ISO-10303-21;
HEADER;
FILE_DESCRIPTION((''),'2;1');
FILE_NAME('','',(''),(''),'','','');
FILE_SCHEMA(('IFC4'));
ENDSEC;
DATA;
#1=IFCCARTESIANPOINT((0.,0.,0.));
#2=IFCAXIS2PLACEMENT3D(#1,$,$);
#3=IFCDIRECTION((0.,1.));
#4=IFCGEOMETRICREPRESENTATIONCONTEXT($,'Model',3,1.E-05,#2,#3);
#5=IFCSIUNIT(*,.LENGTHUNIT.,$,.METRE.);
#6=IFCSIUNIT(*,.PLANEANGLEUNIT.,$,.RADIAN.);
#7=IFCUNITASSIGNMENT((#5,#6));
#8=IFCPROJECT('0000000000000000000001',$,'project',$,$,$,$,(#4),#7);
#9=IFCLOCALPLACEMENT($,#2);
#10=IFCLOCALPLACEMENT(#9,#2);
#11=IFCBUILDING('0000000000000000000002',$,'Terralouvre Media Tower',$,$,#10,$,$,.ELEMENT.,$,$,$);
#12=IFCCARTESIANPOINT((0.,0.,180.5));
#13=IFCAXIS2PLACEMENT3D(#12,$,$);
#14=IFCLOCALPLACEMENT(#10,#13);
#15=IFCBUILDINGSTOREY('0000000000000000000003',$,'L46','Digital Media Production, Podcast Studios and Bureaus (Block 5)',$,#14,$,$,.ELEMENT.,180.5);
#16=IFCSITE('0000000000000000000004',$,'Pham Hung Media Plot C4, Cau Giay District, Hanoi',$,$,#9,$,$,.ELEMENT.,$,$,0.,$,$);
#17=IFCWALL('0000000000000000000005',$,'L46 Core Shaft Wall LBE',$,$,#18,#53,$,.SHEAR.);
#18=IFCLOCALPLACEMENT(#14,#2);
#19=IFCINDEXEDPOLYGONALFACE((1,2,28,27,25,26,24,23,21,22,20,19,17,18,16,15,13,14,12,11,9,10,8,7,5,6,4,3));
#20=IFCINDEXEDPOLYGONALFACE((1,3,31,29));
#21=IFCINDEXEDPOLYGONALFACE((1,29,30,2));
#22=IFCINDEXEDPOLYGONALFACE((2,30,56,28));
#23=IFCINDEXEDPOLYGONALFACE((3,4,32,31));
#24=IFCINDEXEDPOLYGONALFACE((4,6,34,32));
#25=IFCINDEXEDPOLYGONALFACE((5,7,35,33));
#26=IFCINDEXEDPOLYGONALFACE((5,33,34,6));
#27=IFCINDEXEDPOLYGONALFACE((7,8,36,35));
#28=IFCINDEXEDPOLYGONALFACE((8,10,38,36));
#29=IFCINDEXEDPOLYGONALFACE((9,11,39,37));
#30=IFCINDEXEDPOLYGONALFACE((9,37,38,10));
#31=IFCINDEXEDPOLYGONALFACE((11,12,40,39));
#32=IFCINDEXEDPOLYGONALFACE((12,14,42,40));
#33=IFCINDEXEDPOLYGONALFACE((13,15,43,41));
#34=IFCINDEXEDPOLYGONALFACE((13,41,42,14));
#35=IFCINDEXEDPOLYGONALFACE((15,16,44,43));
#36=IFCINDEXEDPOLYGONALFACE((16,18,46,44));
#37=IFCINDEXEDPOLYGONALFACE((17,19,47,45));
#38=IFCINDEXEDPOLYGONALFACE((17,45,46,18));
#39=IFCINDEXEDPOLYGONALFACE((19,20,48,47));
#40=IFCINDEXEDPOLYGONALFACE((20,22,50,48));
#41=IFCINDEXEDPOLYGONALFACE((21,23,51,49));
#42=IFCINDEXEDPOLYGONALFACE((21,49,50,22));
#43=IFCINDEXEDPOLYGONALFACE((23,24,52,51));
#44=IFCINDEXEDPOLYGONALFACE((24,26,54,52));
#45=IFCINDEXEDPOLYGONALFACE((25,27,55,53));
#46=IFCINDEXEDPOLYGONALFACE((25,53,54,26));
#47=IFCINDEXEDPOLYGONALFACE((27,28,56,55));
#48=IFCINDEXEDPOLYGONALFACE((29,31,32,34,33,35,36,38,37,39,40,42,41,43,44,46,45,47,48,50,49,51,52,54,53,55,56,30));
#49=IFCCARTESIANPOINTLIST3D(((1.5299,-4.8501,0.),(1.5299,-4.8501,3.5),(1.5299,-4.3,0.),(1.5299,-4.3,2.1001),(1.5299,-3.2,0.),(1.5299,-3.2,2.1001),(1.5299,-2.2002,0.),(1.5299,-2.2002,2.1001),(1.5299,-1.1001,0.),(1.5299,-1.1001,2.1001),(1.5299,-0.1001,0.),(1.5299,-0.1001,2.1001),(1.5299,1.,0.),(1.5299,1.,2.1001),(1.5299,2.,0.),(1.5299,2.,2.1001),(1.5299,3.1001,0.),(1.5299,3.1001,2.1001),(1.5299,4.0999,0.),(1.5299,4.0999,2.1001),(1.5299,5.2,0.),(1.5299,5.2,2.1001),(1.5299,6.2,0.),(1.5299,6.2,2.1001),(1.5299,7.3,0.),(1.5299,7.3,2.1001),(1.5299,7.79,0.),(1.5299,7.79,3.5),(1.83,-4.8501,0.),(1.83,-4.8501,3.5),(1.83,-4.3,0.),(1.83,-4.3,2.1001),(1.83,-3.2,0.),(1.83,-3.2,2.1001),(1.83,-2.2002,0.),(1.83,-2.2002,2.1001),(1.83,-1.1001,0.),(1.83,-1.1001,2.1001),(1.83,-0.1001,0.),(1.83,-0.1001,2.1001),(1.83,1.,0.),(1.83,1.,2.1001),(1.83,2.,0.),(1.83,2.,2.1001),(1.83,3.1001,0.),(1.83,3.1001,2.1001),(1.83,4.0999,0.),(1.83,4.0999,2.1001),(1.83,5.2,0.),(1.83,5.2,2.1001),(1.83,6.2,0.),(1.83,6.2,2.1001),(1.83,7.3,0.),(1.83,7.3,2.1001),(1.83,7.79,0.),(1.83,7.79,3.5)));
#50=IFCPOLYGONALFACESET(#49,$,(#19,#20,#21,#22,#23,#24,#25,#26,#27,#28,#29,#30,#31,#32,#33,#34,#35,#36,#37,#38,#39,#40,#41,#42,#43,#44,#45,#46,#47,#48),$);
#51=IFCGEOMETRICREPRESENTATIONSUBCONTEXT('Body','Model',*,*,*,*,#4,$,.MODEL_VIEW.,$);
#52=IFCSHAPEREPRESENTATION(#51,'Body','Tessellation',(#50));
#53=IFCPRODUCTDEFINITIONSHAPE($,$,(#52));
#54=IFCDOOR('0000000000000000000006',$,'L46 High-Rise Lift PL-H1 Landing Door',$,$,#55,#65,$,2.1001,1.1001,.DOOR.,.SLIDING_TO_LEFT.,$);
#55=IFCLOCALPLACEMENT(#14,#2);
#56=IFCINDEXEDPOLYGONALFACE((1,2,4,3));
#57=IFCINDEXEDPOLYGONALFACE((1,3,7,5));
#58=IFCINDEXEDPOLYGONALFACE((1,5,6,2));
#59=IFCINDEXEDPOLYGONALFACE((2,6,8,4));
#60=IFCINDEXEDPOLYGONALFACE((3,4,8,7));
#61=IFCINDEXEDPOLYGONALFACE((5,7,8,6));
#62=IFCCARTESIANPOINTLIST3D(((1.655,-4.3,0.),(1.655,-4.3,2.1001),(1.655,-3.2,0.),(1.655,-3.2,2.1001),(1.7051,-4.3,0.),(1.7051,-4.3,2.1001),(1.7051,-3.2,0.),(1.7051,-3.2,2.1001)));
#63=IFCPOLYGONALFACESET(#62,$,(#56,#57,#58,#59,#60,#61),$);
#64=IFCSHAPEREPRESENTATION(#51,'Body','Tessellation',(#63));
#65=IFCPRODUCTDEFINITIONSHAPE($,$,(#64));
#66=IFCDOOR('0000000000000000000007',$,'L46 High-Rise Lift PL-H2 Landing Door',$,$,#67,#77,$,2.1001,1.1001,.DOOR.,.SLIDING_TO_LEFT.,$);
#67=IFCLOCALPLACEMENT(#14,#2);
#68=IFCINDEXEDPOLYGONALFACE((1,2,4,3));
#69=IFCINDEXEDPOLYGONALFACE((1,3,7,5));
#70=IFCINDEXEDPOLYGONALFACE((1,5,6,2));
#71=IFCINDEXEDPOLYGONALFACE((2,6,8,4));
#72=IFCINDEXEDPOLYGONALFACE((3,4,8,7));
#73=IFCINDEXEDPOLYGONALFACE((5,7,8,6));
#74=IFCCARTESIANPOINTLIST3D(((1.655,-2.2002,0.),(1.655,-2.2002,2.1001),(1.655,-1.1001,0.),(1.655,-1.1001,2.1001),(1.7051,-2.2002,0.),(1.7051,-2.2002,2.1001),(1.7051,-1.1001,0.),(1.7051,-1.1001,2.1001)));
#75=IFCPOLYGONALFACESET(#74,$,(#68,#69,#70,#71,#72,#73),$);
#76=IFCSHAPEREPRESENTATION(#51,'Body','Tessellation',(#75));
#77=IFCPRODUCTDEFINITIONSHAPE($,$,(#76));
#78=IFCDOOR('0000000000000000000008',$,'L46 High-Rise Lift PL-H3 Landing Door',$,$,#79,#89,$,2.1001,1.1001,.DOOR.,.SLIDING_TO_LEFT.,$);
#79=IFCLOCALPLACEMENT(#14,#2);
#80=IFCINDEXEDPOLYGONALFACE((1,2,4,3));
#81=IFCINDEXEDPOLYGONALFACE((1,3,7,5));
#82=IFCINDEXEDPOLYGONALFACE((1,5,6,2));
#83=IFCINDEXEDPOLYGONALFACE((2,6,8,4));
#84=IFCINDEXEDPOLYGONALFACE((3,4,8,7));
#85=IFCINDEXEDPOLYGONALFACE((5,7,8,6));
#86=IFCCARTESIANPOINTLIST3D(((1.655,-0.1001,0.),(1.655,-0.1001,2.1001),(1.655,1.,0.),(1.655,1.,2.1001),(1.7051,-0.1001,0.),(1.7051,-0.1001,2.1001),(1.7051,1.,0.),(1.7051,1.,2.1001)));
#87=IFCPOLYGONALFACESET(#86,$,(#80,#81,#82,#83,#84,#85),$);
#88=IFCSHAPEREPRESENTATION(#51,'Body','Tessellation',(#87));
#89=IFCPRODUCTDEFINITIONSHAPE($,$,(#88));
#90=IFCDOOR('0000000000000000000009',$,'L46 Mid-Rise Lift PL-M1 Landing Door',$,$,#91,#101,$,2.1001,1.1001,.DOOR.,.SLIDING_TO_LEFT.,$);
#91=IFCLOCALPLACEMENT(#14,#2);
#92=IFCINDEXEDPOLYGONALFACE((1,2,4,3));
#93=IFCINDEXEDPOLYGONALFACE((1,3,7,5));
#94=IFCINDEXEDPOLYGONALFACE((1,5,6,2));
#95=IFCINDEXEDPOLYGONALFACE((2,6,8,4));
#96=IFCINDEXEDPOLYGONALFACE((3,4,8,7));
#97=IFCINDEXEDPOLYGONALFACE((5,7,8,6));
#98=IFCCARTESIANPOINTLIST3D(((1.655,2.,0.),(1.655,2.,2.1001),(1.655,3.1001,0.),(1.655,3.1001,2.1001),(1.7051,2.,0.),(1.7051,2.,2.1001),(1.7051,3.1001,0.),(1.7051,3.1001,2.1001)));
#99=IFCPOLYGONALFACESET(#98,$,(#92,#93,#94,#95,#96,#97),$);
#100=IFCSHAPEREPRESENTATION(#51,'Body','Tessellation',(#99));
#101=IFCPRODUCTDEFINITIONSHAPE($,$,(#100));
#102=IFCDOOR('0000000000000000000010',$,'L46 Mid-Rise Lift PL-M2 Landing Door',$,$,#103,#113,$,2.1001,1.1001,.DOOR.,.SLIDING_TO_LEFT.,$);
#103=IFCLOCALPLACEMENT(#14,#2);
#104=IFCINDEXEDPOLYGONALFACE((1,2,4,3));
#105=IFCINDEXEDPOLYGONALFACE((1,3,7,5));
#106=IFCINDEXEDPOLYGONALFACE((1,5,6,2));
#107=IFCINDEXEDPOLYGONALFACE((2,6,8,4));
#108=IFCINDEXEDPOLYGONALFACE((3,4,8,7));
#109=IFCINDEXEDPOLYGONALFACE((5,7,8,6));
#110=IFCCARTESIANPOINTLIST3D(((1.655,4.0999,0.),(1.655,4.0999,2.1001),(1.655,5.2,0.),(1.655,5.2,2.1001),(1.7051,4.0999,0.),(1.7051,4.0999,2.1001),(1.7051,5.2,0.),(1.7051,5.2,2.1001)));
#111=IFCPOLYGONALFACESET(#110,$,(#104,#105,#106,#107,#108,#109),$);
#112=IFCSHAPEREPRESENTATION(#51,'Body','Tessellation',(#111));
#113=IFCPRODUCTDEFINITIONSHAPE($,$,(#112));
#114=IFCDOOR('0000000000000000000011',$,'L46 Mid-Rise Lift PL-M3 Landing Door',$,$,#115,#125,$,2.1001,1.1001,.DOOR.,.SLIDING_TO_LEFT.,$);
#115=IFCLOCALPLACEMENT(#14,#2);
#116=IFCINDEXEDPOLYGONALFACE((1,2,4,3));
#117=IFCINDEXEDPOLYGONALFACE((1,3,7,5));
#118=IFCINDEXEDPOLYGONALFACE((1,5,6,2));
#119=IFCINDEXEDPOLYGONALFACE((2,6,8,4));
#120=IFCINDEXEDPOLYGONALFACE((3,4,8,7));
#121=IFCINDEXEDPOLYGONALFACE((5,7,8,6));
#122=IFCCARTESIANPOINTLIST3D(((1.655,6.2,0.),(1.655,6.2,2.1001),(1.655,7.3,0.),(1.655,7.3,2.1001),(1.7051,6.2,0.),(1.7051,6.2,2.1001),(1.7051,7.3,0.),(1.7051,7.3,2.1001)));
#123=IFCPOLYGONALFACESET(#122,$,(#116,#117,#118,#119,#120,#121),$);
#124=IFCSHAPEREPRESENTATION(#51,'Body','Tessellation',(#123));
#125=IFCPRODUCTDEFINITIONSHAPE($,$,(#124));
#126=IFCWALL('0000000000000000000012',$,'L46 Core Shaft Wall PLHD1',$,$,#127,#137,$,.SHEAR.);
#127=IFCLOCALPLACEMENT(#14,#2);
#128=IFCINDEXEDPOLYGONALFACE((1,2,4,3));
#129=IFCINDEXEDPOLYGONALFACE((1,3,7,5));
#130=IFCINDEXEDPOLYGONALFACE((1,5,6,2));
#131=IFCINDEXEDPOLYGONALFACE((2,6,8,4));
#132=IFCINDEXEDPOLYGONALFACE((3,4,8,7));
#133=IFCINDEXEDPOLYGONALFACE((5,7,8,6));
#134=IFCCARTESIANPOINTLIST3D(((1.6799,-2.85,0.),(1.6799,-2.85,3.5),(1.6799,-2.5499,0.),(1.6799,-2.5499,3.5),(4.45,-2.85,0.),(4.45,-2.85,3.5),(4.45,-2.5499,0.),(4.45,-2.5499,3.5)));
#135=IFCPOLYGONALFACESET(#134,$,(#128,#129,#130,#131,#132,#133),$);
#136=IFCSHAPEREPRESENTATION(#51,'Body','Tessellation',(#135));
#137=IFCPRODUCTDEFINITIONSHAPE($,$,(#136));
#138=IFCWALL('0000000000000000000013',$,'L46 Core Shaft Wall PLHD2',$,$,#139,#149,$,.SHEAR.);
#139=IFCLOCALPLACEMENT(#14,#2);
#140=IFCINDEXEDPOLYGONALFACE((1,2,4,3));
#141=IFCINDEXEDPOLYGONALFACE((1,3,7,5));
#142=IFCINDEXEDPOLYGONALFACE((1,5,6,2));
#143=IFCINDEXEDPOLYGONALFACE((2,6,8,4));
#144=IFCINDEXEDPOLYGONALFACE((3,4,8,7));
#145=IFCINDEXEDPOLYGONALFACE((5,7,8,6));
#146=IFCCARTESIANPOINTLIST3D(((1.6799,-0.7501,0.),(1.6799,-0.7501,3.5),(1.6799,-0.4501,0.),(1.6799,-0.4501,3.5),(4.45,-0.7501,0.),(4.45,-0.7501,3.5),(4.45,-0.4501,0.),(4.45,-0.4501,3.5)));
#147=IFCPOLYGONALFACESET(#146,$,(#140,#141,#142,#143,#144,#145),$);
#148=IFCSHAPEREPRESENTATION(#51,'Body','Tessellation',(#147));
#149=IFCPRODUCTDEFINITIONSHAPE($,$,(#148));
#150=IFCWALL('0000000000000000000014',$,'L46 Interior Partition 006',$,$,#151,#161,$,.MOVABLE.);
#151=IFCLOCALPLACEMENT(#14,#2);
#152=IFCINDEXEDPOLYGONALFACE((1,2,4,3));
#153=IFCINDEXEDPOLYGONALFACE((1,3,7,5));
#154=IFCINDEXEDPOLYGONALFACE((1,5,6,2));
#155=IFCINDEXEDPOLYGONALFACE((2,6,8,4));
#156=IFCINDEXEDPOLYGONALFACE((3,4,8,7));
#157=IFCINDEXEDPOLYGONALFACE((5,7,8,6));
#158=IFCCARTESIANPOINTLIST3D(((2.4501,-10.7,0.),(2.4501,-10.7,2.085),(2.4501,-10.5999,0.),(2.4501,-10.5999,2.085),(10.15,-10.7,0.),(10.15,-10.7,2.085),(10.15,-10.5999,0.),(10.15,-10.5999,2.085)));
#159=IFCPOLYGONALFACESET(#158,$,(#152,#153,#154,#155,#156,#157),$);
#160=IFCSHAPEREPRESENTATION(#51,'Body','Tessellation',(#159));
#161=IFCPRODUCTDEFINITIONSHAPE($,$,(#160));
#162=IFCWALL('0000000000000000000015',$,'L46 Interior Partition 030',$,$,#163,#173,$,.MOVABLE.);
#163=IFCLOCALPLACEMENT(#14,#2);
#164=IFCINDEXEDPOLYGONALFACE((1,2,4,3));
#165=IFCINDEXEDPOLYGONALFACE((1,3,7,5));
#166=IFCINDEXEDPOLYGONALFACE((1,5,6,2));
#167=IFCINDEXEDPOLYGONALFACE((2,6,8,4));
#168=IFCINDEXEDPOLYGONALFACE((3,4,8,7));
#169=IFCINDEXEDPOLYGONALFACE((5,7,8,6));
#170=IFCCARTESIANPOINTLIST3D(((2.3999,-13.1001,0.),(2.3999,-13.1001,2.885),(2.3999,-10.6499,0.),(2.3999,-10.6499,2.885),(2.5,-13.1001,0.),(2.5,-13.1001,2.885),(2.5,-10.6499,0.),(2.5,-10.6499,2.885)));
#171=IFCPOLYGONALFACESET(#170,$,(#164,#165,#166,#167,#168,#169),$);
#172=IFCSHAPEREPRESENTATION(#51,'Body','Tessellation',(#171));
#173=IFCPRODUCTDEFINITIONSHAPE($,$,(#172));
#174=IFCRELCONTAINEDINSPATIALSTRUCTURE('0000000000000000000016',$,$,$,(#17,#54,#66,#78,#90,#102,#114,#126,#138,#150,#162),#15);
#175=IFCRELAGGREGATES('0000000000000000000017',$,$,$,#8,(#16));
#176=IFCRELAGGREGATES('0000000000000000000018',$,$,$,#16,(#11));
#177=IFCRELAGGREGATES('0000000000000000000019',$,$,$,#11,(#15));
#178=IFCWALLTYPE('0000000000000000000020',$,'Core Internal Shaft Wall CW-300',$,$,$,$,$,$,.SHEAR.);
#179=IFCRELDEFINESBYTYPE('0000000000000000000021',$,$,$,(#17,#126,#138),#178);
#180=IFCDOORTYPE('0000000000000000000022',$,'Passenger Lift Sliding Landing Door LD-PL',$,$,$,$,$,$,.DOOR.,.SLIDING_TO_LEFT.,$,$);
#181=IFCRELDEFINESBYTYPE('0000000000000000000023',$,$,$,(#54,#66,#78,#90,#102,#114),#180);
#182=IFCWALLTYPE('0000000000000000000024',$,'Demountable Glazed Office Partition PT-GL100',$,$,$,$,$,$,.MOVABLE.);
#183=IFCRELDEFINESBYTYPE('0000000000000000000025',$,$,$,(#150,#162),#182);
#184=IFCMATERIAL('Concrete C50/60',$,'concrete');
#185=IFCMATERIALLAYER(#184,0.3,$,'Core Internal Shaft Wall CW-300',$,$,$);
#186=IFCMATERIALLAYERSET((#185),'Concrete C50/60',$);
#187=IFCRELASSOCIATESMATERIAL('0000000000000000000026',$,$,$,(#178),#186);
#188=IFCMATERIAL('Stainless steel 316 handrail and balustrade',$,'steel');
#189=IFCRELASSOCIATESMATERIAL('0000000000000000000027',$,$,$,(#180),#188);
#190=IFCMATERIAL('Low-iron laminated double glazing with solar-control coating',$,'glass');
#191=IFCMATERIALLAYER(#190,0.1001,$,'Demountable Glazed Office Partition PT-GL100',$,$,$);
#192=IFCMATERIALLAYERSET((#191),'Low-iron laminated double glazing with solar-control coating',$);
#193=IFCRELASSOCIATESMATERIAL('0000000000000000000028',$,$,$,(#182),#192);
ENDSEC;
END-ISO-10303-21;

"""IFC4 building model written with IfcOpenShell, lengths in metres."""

from ifc_helpers import new_model, si_unit, direction, frame, frame_2d, origin, place, context, subcontext, project, spatial, rectangle, extrude, material, layer, layer_set, type_object, element, fill, save


model = new_model("IFC4")

# Units and contexts
model_context = context("Model", 3, precision=1e-05, world=origin(), true_north=direction((0.0, 1.0)))
body_context = subcontext(model_context, "Body", "Model", "MODEL_VIEW")
ifc_project = project(units=[si_unit("LENGTHUNIT", "METRE"), si_unit("PLANEANGLEUNIT", "RADIAN")], contexts=[model_context])

# Site, building, storey
site_placement = place(None, origin())
site = spatial("IfcSite", under=ifc_project, at=site_placement, Name="Pham Hung Media Plot C4, Cau Giay District, Hanoi", CompositionType="ELEMENT", RefElevation=0.0)
building_placement = place(site_placement, origin())
building = spatial("IfcBuilding", under=site, at=building_placement, Name="Terralouvre Media Tower", CompositionType="ELEMENT")
storey_placement = place(building_placement, frame((0.0, 0.0, 180.5)))
storey = spatial("IfcBuildingStorey", under=building, at=storey_placement, Name="L46", Description="Digital Media Production, Podcast Studios and Bureaus (Block 5)", CompositionType="ELEMENT", Elevation=180.5)

# Shared definitions
ifc_material_1 = material(Name="Concrete C50/60", Category="concrete")
ifc_layer_1 = layer(ifc_material_1, 0.3, Name="Core Internal Shaft Wall CW-300")
ifc_layer_set_1 = layer_set([ifc_layer_1], Name="Concrete C50/60")
wall_type_1 = type_object("IfcWallType", Name="Core Internal Shaft Wall CW-300", PredefinedType="SHEAR", material=ifc_layer_set_1)

# Wall, openings, doors
wall_1_placement = place(storey_placement, frame((1.6799, -4.8501, 0.0), z_axis=(0.0, 0.0, 1.0), x_axis=(0.0, 1.0, 0.0)))
wall_1 = element("IfcWall", 1, at=wall_1_placement, inside=storey, type_object=wall_type_1, Name="L46 Core Shaft Wall LBE", PredefinedType="SHEAR", context=body_context, shape_type="SweptSolid", body=[
    extrude(rectangle(XDim=12.6401, YDim=0.3, at=frame_2d((6.3201, 0.0))), origin(), (0.0, 0.0, 1.0), 3.5),
])
opening_1_placement = place(wall_1_placement, frame((0.55, 0.0, 0.0)))
opening_1 = element("IfcOpeningElement", 2, at=opening_1_placement, cuts=wall_1, PredefinedType="OPENING", context=body_context, shape_type="SweptSolid", body=[
    extrude(rectangle(XDim=1.1001, YDim=2.1001, at=frame_2d((0.55, 1.05))), frame((0.0, 0.1599, 0.0), z_axis=(0.0, -1.0, 0.0), x_axis=(1.0, 0.0, 0.0)), (0.0, 0.0, 1.0), 0.3201),
])
opening_2_placement = place(wall_1_placement, frame((2.6499, 0.0, 0.0)))
opening_2 = element("IfcOpeningElement", 3, at=opening_2_placement, cuts=wall_1, PredefinedType="OPENING", context=body_context, shape_type="SweptSolid", body=[
    extrude(rectangle(XDim=1.1001, YDim=2.1001, at=frame_2d((0.55, 1.05))), frame((0.0, 0.1599, 0.0), z_axis=(0.0, -1.0, 0.0), x_axis=(1.0, 0.0, 0.0)), (0.0, 0.0, 1.0), 0.3201),
])
opening_3_placement = place(wall_1_placement, frame((4.75, 0.0, 0.0)))
opening_3 = element("IfcOpeningElement", 4, at=opening_3_placement, cuts=wall_1, PredefinedType="OPENING", context=body_context, shape_type="SweptSolid", body=[
    extrude(rectangle(XDim=1.1001, YDim=2.1001, at=frame_2d((0.55, 1.05))), frame((0.0, 0.1599, 0.0), z_axis=(0.0, -1.0, 0.0), x_axis=(1.0, 0.0, 0.0)), (0.0, 0.0, 1.0), 0.3201),
])
opening_4_placement = place(wall_1_placement, frame((6.8501, 0.0, 0.0)))
opening_4 = element("IfcOpeningElement", 5, at=opening_4_placement, cuts=wall_1, PredefinedType="OPENING", context=body_context, shape_type="SweptSolid", body=[
    extrude(rectangle(XDim=1.1001, YDim=2.1001, at=frame_2d((0.55, 1.05))), frame((0.0, 0.1599, 0.0), z_axis=(0.0, -1.0, 0.0), x_axis=(1.0, 0.0, 0.0)), (0.0, 0.0, 1.0), 0.3201),
])
opening_5_placement = place(wall_1_placement, frame((8.95, 0.0, 0.0)))
opening_5 = element("IfcOpeningElement", 6, at=opening_5_placement, cuts=wall_1, PredefinedType="OPENING", context=body_context, shape_type="SweptSolid", body=[
    extrude(rectangle(XDim=1.1001, YDim=2.1001, at=frame_2d((0.55, 1.05))), frame((0.0, 0.1599, 0.0), z_axis=(0.0, -1.0, 0.0), x_axis=(1.0, 0.0, 0.0)), (0.0, 0.0, 1.0), 0.3201),
])
opening_6_placement = place(wall_1_placement, frame((11.05, 0.0, 0.0)))
opening_6 = element("IfcOpeningElement", 7, at=opening_6_placement, cuts=wall_1, PredefinedType="OPENING", context=body_context, shape_type="SweptSolid", body=[
    extrude(rectangle(XDim=1.1001, YDim=2.1001, at=frame_2d((0.55, 1.05))), frame((0.0, 0.1599, 0.0), z_axis=(0.0, -1.0, 0.0), x_axis=(1.0, 0.0, 0.0)), (0.0, 0.0, 1.0), 0.3201),
])
ifc_material_2 = material(Name="Stainless steel 316 handrail and balustrade", Category="steel")
door_type_1 = type_object("IfcDoorType", Name="Passenger Lift Sliding Landing Door LD-PL", OperationType="SLIDING_TO_LEFT", PredefinedType="DOOR", material=ifc_material_2)
door_1_placement = place(opening_1_placement, origin())
door_1 = element("IfcDoor", 8, at=door_1_placement, inside=storey, type_object=door_type_1, Name="L46 High-Rise Lift PL-H1 Landing Door", OperationType="SLIDING_TO_LEFT", OverallHeight=2.1001, OverallWidth=1.1001, PredefinedType="DOOR", context=body_context, shape_type="SweptSolid", body=[
    extrude(rectangle(XDim=1.1001, YDim=2.1001, at=frame_2d((0.55, 1.05))), frame((0.0, 0.0249, 0.0), z_axis=(0.0, -1.0, 0.0), x_axis=(1.0, 0.0, 0.0)), (0.0, 0.0, 1.0), 0.05),
])
fill(opening_1, door_1)
door_2_placement = place(opening_2_placement, origin())
door_2 = element("IfcDoor", 9, at=door_2_placement, inside=storey, type_object=door_type_1, Name="L46 High-Rise Lift PL-H2 Landing Door", OperationType="SLIDING_TO_LEFT", OverallHeight=2.1001, OverallWidth=1.1001, PredefinedType="DOOR", context=body_context, shape_type="SweptSolid", body=[
    extrude(rectangle(XDim=1.1001, YDim=2.1001, at=frame_2d((0.55, 1.05))), frame((0.0, 0.0249, 0.0), z_axis=(0.0, -1.0, 0.0), x_axis=(1.0, 0.0, 0.0)), (0.0, 0.0, 1.0), 0.05),
])
fill(opening_2, door_2)
door_3_placement = place(opening_3_placement, origin())
door_3 = element("IfcDoor", 10, at=door_3_placement, inside=storey, type_object=door_type_1, Name="L46 High-Rise Lift PL-H3 Landing Door", OperationType="SLIDING_TO_LEFT", OverallHeight=2.1001, OverallWidth=1.1001, PredefinedType="DOOR", context=body_context, shape_type="SweptSolid", body=[
    extrude(rectangle(XDim=1.1001, YDim=2.1001, at=frame_2d((0.55, 1.05))), frame((0.0, 0.0249, 0.0), z_axis=(0.0, -1.0, 0.0), x_axis=(1.0, 0.0, 0.0)), (0.0, 0.0, 1.0), 0.05),
])
fill(opening_3, door_3)
door_4_placement = place(opening_4_placement, origin())
door_4 = element("IfcDoor", 11, at=door_4_placement, inside=storey, type_object=door_type_1, Name="L46 Mid-Rise Lift PL-M1 Landing Door", OperationType="SLIDING_TO_LEFT", OverallHeight=2.1001, OverallWidth=1.1001, PredefinedType="DOOR", context=body_context, shape_type="SweptSolid", body=[
    extrude(rectangle(XDim=1.1001, YDim=2.1001, at=frame_2d((0.55, 1.05))), frame((0.0, 0.0249, 0.0), z_axis=(0.0, -1.0, 0.0), x_axis=(1.0, 0.0, 0.0)), (0.0, 0.0, 1.0), 0.05),
])
fill(opening_4, door_4)
door_5_placement = place(opening_5_placement, origin())
door_5 = element("IfcDoor", 12, at=door_5_placement, inside=storey, type_object=door_type_1, Name="L46 Mid-Rise Lift PL-M2 Landing Door", OperationType="SLIDING_TO_LEFT", OverallHeight=2.1001, OverallWidth=1.1001, PredefinedType="DOOR", context=body_context, shape_type="SweptSolid", body=[
    extrude(rectangle(XDim=1.1001, YDim=2.1001, at=frame_2d((0.55, 1.05))), frame((0.0, 0.0249, 0.0), z_axis=(0.0, -1.0, 0.0), x_axis=(1.0, 0.0, 0.0)), (0.0, 0.0, 1.0), 0.05),
])
fill(opening_5, door_5)
door_6_placement = place(opening_6_placement, origin())
door_6 = element("IfcDoor", 13, at=door_6_placement, inside=storey, type_object=door_type_1, Name="L46 Mid-Rise Lift PL-M3 Landing Door", OperationType="SLIDING_TO_LEFT", OverallHeight=2.1001, OverallWidth=1.1001, PredefinedType="DOOR", context=body_context, shape_type="SweptSolid", body=[
    extrude(rectangle(XDim=1.1001, YDim=2.1001, at=frame_2d((0.55, 1.05))), frame((0.0, 0.0249, 0.0), z_axis=(0.0, -1.0, 0.0), x_axis=(1.0, 0.0, 0.0)), (0.0, 0.0, 1.0), 0.05),
])
fill(opening_6, door_6)

# Walls
for number, where, z_axis, x_axis, name in (
    (14, (1.6799, -2.7, 0.0), (0.0, 0.0, 1.0), (1.0, 0.0, 0.0), "L46 Core Shaft Wall PLHD1"),
    (15, (1.6799, -0.6001, 0.0), (0.0, 0.0, 1.0), (1.0, 0.0, 0.0), "L46 Core Shaft Wall PLHD2"),
):
    element("IfcWall", number, at=place(storey_placement, frame(where, z_axis=z_axis, x_axis=x_axis)), inside=storey, type_object=wall_type_1, Name=name, PredefinedType="SHEAR", context=body_context, shape_type="SweptSolid", body=[
        extrude(rectangle(XDim=2.77, YDim=0.3, at=frame_2d((1.385, 0.0))), origin(), (0.0, 0.0, 1.0), 3.5),
    ])
ifc_material_3 = material(Name="Low-iron laminated double glazing with solar-control coating", Category="glass")
ifc_layer_2 = layer(ifc_material_3, 0.1001, Name="Demountable Glazed Office Partition PT-GL100")
ifc_layer_set_2 = layer_set([ifc_layer_2], Name="Low-iron laminated double glazing with solar-control coating")
wall_type_2 = type_object("IfcWallType", Name="Demountable Glazed Office Partition PT-GL100", PredefinedType="MOVABLE", material=ifc_layer_set_2)
wall_2_placement = place(storey_placement, frame((2.45, -10.6499, 0.0), z_axis=(0.0, 0.0, 1.0), x_axis=(1.0, 0.0, 0.0)))
element("IfcWall", 16, at=wall_2_placement, inside=storey, type_object=wall_type_2, Name="L46 Interior Partition 006", PredefinedType="MOVABLE", context=body_context, shape_type="SweptSolid", body=[
    extrude(rectangle(XDim=7.7, YDim=0.1001, at=frame_2d((3.8501, 0.0))), origin(), (0.0, 0.0, 1.0), 2.085),
])
wall_3_placement = place(storey_placement, frame((2.45, -10.6499, 0.0), z_axis=(0.0, 0.0, 1.0), x_axis=(0.0, -1.0, 0.0)))
element("IfcWall", 17, at=wall_3_placement, inside=storey, type_object=wall_type_2, Name="L46 Interior Partition 030", PredefinedType="MOVABLE", context=body_context, shape_type="SweptSolid", body=[
    extrude(rectangle(XDim=2.4502, YDim=0.1001, at=frame_2d((1.2251, 0.0))), origin(), (0.0, 0.0, 1.0), 2.885),
])

save(model, "model.ifc")
